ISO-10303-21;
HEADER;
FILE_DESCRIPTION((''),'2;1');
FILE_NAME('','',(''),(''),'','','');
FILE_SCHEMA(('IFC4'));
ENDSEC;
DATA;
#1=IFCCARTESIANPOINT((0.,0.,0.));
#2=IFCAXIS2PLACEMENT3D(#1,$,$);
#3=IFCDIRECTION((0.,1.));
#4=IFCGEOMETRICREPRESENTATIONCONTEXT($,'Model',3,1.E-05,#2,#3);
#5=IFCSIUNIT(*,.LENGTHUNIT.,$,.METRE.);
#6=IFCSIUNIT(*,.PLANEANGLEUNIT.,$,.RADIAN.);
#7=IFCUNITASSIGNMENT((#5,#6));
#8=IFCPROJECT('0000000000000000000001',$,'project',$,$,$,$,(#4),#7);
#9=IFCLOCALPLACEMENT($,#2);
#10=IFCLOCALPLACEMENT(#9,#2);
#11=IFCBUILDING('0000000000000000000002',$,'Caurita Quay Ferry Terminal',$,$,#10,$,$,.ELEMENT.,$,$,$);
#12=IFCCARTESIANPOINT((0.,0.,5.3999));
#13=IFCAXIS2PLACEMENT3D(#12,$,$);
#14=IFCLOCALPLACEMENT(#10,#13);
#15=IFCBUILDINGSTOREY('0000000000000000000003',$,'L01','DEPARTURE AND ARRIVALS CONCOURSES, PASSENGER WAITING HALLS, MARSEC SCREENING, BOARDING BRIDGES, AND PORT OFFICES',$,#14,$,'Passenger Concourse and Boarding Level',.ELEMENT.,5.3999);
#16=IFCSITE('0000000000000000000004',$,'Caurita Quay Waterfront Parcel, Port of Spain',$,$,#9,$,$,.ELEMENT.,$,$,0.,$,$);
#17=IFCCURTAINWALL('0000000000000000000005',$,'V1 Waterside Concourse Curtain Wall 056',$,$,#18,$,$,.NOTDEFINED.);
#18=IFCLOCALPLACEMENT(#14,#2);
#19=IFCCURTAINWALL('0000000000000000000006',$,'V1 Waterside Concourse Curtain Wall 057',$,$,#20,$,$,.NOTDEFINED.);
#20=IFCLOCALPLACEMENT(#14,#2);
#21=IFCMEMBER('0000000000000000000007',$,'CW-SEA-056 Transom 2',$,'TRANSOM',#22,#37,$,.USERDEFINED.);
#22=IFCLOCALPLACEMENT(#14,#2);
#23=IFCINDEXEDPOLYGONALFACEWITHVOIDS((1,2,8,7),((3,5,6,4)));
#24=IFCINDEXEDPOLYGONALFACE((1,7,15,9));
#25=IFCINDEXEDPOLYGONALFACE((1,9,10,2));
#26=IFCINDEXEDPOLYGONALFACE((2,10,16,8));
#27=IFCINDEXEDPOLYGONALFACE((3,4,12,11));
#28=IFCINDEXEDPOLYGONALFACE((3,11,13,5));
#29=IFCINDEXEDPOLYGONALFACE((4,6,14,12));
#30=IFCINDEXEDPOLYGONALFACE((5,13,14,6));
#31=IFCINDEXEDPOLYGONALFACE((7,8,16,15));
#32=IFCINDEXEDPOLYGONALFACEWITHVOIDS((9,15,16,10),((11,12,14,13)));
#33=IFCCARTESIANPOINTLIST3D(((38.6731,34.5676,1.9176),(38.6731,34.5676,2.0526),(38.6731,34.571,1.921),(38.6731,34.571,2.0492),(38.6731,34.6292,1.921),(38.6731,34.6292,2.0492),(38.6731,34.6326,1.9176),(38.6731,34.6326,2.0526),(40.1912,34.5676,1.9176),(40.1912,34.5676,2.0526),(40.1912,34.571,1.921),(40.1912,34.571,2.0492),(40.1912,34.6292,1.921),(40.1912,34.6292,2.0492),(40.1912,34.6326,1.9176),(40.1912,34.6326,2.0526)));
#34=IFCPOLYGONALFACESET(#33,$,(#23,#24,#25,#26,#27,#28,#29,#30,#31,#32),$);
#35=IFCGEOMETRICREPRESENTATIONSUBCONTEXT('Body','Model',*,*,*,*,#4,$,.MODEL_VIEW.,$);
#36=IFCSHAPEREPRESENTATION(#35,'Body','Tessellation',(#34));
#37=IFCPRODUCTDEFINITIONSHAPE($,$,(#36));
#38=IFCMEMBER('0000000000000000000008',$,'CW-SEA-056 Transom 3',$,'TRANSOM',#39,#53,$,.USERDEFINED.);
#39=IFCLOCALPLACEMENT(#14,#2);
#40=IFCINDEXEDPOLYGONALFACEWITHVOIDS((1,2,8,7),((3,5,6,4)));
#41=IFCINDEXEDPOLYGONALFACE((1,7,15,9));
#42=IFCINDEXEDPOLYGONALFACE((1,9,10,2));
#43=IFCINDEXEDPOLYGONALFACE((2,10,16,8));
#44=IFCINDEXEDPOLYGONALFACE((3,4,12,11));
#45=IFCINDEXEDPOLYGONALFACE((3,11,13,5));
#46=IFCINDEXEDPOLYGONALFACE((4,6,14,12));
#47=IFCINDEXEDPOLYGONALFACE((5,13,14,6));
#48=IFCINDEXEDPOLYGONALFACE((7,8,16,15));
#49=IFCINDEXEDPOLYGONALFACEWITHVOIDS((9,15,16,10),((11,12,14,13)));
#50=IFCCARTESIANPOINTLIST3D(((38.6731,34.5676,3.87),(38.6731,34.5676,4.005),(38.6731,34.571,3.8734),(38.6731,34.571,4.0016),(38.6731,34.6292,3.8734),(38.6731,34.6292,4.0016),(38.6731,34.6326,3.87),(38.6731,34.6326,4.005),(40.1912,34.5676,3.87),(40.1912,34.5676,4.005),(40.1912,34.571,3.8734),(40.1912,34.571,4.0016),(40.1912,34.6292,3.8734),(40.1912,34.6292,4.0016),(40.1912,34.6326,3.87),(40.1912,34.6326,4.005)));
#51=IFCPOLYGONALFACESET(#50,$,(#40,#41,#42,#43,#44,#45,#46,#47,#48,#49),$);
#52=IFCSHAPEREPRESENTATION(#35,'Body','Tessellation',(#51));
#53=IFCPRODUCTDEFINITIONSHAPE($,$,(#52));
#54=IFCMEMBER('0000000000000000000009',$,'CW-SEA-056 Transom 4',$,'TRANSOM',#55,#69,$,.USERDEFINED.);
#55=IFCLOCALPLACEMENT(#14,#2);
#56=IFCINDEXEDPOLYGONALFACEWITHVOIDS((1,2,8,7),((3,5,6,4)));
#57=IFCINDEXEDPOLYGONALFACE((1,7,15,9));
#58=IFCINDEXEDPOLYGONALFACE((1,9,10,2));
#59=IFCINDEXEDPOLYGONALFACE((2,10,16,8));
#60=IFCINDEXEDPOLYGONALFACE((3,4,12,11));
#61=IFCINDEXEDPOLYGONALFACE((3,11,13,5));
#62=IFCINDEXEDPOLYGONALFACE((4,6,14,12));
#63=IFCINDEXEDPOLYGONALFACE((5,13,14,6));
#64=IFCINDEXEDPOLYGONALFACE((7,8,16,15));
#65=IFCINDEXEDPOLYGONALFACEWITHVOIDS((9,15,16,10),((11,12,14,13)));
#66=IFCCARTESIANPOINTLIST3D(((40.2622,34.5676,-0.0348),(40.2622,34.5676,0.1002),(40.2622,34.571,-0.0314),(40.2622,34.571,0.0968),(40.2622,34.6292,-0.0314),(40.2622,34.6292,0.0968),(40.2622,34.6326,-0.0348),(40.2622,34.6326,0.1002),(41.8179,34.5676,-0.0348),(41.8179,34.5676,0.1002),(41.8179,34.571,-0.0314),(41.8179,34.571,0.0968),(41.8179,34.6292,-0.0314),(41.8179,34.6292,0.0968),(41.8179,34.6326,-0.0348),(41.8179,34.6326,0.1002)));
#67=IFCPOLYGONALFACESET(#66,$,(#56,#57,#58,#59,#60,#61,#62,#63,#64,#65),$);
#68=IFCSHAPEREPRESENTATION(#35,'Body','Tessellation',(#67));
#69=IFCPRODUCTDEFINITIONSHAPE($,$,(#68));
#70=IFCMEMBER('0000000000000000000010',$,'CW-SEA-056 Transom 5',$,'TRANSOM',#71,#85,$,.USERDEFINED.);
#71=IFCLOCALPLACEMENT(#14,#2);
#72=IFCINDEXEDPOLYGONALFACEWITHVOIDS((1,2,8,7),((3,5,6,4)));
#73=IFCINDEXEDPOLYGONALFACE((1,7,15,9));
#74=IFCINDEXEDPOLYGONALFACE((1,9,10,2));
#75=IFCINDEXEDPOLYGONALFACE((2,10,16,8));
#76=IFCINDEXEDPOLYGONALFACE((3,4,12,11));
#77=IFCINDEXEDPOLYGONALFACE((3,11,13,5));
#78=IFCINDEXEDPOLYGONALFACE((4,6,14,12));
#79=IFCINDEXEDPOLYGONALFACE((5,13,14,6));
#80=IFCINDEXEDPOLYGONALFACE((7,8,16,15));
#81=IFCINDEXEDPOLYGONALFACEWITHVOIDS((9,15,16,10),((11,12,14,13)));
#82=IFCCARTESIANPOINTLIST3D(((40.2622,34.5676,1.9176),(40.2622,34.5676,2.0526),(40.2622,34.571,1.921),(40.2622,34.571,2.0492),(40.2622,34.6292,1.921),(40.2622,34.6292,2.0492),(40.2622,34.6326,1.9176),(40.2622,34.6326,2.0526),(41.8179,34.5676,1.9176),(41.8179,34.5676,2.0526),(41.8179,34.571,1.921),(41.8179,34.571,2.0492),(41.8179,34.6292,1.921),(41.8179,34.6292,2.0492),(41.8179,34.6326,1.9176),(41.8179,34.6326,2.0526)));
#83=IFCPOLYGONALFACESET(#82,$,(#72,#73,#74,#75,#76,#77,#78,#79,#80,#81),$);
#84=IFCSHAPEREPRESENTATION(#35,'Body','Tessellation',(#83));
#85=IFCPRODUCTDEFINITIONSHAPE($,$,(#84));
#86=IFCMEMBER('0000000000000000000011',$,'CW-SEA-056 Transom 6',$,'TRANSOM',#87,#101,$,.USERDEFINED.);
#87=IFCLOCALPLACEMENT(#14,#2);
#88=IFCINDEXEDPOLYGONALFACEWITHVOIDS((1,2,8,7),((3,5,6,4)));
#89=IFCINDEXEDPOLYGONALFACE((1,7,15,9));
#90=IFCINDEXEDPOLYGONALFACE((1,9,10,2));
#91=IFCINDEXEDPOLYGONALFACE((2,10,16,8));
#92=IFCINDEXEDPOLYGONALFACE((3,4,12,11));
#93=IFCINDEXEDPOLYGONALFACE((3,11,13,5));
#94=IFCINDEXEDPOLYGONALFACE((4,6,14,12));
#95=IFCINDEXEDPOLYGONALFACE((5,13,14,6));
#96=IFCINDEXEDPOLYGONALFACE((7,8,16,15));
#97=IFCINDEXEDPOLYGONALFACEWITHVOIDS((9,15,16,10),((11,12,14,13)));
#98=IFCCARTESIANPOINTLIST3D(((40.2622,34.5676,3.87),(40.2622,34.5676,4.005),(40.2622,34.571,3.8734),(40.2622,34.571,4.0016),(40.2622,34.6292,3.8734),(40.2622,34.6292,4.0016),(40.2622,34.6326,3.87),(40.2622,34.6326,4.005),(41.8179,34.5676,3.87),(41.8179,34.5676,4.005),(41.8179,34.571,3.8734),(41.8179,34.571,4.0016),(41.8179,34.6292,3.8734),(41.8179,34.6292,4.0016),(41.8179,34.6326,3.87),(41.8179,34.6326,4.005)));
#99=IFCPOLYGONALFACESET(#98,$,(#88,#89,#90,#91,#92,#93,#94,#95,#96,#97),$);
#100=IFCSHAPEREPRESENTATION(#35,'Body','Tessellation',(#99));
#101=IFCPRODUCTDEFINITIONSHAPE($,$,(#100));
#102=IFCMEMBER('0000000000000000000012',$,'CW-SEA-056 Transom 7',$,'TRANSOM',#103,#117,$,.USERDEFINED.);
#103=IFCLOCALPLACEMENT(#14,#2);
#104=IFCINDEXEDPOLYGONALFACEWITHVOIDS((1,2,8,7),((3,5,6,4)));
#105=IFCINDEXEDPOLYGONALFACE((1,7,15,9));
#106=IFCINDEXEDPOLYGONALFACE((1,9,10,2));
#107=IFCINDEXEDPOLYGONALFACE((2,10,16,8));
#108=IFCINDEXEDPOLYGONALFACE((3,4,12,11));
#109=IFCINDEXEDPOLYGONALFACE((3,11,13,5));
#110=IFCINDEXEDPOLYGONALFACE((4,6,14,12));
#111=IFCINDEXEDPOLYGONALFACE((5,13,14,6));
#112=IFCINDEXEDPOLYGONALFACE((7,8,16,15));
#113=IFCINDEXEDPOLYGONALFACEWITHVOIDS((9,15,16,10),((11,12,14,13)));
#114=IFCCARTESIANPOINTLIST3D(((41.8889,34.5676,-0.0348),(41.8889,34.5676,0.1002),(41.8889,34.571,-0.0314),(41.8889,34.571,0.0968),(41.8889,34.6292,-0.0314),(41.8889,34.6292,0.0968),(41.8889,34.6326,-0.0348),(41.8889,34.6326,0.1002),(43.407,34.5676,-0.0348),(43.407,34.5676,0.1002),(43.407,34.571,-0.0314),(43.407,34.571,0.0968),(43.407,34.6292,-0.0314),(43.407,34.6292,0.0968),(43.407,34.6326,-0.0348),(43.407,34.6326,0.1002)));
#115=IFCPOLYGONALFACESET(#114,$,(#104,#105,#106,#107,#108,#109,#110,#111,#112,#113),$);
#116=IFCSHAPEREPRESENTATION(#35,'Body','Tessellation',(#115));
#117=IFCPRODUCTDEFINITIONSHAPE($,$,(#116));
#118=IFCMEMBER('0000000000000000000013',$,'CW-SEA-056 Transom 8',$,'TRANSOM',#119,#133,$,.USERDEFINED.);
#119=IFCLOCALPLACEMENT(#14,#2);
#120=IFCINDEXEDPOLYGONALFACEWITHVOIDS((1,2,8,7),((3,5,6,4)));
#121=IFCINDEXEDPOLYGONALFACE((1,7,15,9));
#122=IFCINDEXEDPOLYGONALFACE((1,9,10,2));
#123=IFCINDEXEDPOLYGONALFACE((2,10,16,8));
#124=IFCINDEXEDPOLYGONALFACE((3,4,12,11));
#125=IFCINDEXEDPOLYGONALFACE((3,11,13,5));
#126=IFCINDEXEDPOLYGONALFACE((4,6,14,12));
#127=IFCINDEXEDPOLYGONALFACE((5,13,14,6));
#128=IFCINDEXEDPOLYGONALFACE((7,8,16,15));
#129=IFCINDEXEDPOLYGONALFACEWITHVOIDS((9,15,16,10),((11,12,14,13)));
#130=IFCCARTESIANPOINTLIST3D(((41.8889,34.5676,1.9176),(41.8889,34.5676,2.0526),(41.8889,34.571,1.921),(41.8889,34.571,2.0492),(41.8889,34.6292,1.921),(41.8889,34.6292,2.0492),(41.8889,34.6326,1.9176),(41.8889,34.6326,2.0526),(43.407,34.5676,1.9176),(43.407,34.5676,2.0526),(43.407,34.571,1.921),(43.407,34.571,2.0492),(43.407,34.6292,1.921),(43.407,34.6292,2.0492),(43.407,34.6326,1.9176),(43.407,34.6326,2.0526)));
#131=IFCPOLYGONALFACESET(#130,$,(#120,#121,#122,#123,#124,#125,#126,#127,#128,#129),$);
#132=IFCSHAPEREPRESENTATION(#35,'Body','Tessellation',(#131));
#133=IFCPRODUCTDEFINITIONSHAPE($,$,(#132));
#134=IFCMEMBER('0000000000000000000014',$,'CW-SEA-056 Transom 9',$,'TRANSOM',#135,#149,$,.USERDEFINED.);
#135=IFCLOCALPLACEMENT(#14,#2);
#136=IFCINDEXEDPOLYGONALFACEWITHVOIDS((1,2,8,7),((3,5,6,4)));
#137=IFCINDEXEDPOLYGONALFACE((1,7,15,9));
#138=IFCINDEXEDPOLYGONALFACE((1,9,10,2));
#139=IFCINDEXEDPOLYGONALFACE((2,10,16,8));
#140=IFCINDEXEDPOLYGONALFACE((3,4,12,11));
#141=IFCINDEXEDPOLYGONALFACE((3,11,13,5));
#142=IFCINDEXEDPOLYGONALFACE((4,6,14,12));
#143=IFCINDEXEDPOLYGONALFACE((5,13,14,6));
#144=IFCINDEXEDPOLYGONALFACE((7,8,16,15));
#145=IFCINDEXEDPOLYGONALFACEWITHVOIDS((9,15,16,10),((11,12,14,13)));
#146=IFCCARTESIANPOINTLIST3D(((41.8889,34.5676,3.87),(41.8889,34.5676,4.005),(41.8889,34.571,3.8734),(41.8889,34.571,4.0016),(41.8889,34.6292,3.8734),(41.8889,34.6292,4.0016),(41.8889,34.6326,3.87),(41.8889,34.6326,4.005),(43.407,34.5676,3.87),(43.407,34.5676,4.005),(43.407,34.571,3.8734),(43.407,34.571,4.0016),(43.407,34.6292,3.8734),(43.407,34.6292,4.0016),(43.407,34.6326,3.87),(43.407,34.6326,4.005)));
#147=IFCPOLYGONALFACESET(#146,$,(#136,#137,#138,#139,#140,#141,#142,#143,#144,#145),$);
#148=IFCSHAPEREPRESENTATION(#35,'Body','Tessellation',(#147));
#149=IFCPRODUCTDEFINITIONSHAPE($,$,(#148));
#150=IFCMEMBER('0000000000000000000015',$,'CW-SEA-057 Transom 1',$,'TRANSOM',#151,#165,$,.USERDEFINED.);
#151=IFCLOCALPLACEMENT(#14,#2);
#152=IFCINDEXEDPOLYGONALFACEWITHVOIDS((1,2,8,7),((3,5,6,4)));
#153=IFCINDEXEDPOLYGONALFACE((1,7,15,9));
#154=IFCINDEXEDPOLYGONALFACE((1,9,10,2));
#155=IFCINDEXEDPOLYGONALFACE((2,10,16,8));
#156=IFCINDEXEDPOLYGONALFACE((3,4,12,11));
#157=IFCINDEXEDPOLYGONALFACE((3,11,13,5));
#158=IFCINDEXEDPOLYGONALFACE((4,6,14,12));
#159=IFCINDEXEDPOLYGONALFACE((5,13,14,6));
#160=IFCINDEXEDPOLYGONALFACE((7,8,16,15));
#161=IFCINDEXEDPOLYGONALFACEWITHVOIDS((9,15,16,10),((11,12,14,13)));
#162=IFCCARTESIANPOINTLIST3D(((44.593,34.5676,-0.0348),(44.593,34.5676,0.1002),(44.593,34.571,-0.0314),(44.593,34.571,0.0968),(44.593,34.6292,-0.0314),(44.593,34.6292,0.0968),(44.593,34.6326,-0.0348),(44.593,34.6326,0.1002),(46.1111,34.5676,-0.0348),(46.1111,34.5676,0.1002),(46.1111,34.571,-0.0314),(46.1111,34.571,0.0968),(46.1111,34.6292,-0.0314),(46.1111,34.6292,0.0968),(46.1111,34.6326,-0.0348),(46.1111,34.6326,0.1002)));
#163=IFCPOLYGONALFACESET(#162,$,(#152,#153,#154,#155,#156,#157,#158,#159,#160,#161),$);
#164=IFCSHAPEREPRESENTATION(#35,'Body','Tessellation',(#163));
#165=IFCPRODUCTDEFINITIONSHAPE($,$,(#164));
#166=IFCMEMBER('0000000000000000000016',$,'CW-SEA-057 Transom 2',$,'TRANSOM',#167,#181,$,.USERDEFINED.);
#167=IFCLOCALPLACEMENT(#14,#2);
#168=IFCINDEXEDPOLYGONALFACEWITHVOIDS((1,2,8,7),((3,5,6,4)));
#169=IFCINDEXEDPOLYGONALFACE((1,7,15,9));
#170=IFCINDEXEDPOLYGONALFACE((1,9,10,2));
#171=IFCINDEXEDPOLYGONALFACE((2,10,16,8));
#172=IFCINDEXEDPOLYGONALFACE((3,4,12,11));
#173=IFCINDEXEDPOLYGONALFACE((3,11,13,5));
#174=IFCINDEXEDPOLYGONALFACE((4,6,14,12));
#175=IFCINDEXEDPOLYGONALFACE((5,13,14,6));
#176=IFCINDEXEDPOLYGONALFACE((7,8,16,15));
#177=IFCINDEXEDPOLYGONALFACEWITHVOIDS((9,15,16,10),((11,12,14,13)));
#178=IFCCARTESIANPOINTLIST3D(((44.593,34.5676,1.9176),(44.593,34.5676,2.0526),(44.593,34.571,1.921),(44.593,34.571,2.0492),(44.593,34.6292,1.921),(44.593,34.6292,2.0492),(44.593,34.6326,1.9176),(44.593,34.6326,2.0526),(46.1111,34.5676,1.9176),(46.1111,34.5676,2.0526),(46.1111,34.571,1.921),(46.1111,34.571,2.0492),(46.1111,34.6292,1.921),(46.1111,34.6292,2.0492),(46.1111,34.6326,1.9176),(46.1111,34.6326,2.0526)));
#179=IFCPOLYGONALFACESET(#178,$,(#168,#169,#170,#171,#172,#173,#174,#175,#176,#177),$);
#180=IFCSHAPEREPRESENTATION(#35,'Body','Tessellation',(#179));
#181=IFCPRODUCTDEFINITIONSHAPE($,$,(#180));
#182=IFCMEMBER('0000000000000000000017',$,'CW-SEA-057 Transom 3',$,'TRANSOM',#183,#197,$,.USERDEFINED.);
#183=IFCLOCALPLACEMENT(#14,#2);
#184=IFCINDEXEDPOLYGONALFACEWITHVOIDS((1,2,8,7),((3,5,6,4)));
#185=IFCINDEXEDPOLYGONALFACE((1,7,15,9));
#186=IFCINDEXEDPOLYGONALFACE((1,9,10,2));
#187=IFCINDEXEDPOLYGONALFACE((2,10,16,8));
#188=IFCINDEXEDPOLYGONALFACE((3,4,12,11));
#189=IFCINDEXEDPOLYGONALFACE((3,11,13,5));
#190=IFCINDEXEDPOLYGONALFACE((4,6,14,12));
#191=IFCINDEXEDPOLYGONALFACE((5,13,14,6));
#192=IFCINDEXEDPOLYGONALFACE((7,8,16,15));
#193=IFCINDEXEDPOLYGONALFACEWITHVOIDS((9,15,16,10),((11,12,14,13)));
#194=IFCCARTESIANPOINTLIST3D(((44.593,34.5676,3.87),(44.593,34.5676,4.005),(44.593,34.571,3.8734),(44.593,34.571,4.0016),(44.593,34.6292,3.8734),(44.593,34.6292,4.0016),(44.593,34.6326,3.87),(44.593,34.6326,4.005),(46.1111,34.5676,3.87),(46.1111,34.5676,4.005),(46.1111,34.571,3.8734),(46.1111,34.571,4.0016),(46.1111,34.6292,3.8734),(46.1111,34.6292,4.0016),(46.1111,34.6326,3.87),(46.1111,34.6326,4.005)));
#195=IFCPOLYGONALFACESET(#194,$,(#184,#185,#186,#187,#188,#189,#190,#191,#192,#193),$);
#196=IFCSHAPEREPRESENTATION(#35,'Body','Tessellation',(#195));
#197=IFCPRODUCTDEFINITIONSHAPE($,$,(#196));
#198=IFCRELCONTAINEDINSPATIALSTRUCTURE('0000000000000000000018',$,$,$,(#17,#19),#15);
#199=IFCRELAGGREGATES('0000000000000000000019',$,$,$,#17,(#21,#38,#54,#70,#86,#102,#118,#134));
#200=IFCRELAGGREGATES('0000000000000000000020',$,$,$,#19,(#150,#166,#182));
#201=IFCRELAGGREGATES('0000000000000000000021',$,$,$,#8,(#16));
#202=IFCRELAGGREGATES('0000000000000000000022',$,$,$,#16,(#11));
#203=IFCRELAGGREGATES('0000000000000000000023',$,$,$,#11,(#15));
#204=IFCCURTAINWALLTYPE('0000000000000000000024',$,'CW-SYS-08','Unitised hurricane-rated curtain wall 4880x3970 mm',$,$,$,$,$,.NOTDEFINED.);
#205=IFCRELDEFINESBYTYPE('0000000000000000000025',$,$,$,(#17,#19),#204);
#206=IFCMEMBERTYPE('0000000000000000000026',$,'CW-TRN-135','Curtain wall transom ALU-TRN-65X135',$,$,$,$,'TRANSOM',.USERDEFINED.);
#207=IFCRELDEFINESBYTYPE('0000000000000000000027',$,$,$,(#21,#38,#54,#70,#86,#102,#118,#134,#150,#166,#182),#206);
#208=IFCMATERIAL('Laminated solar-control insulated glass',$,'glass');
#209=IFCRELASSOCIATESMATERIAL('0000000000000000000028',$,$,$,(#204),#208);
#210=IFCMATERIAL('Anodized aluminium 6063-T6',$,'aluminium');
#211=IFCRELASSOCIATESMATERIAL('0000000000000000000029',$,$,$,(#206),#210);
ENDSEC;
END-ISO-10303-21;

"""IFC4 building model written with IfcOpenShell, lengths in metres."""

from ifc_helpers import new_model, si_unit, direction, frame, origin, origin_2d, place, context, subcontext, project, spatial, hollow_rectangle, extrude, material, material_profile, profile_set, type_object, element, aggregate, save


model = new_model("IFC4")

# Units and contexts
model_context = context("Model", 3, precision=1e-05, world=origin(), true_north=direction((0.0, 1.0)))
body_context = subcontext(model_context, "Body", "Model", "MODEL_VIEW")
ifc_project = project(units=[si_unit("LENGTHUNIT", "METRE"), si_unit("PLANEANGLEUNIT", "RADIAN")], contexts=[model_context])

# Site, building, storey
site_placement = place(None, origin())
site = spatial("IfcSite", under=ifc_project, at=site_placement, Name="Caurita Quay Waterfront Parcel, Port of Spain", CompositionType="ELEMENT", RefElevation=0.0)
building_placement = place(site_placement, origin())
building = spatial("IfcBuilding", under=site, at=building_placement, Name="Caurita Quay Ferry Terminal", CompositionType="ELEMENT")
storey_placement = place(building_placement, frame((0.0, 0.0, 5.3999)))
storey = spatial("IfcBuildingStorey", under=building, at=storey_placement, Name="L01", Description="DEPARTURE AND ARRIVALS CONCOURSES, PASSENGER WAITING HALLS, MARSEC SCREENING, BOARDING BRIDGES, AND PORT OFFICES", LongName="Passenger Concourse and Boarding Level", CompositionType="ELEMENT", Elevation=5.3999)

# Curtain wall
ifc_material_1 = material(Name="Laminated solar-control insulated glass", Category="glass")
curtain_wall_type = type_object("IfcCurtainWallType", Name="CW-SYS-08", Description="Unitised hurricane-rated curtain wall 4880x3970 mm", PredefinedType="NOTDEFINED", material=ifc_material_1)
curtain_wall_1_placement = place(storey_placement, origin())
curtain_wall_1 = element("IfcCurtainWall", 1, at=curtain_wall_1_placement, inside=storey, type_object=curtain_wall_type, Name="V1 Waterside Concourse Curtain Wall 056", PredefinedType="NOTDEFINED")
ifc_material_2 = material(Name="Anodized aluminium 6063-T6", Category="aluminium")

# Curtain wall
curtain_wall_2_placement = place(storey_placement, origin())
curtain_wall_2 = element("IfcCurtainWall", 2, at=curtain_wall_2_placement, inside=storey, type_object=curtain_wall_type, Name="V1 Waterside Concourse Curtain Wall 057", PredefinedType="NOTDEFINED")

# Members
ifc_material_profile_1 = material_profile(ifc_material_2, hollow_rectangle(XDim=0.0649, YDim=0.135, WallThickness=0.0034, at=origin_2d()), Name="ALU-TRN-65X135")
ifc_profile_set_1 = profile_set([ifc_material_profile_1], Name="Anodized aluminium 6063-T6")
member_type_1 = type_object("IfcMemberType", Name="CW-TRN-135", Description="Curtain wall transom ALU-TRN-65X135", ElementType="TRANSOM", PredefinedType="USERDEFINED", material=ifc_profile_set_1)
member_1_placement = place(storey_placement, frame((38.6731, 34.6001, 1.9851), z_axis=(1.0, 0.0, 0.0), x_axis=(0.0, 1.0, 0.0)))
member_1 = element("IfcMember", 3, at=member_1_placement, type_object=member_type_1, Name="CW-SEA-056 Transom 2", ObjectType="TRANSOM", PredefinedType="USERDEFINED", context=body_context, shape_type="SweptSolid", body=[
    extrude(hollow_rectangle(XDim=0.0649, YDim=0.135, WallThickness=0.0034, at=origin_2d()), origin(), (0.0, 0.0, 1.0), 1.5181),
])
member_2_placement = place(storey_placement, frame((38.6731, 34.6001, 3.9375), z_axis=(1.0, 0.0, 0.0), x_axis=(0.0, 1.0, 0.0)))
member_2 = element("IfcMember", 4, at=member_2_placement, type_object=member_type_1, Name="CW-SEA-056 Transom 3", ObjectType="TRANSOM", PredefinedType="USERDEFINED", context=body_context, shape_type="SweptSolid", body=[
    extrude(hollow_rectangle(XDim=0.0649, YDim=0.135, WallThickness=0.0034, at=origin_2d()), origin(), (0.0, 0.0, 1.0), 1.5181),
])
member_3_placement = place(storey_placement, frame((40.2622, 34.6001, 0.0327), z_axis=(1.0, 0.0, 0.0), x_axis=(0.0, 1.0, 0.0)))
member_3 = element("IfcMember", 5, at=member_3_placement, type_object=member_type_1, Name="CW-SEA-056 Transom 4", ObjectType="TRANSOM", PredefinedType="USERDEFINED", context=body_context, shape_type="SweptSolid", body=[
    extrude(hollow_rectangle(XDim=0.0649, YDim=0.135, WallThickness=0.0034, at=origin_2d()), origin(), (0.0, 0.0, 1.0), 1.5557),
])
member_4_placement = place(storey_placement, frame((40.2622, 34.6001, 1.9851), z_axis=(1.0, 0.0, 0.0), x_axis=(0.0, 1.0, 0.0)))
member_4 = element("IfcMember", 6, at=member_4_placement, type_object=member_type_1, Name="CW-SEA-056 Transom 5", ObjectType="TRANSOM", PredefinedType="USERDEFINED", context=body_context, shape_type="SweptSolid", body=[
    extrude(hollow_rectangle(XDim=0.0649, YDim=0.135, WallThickness=0.0034, at=origin_2d()), origin(), (0.0, 0.0, 1.0), 1.5557),
])
member_5_placement = place(storey_placement, frame((40.2622, 34.6001, 3.9375), z_axis=(1.0, 0.0, 0.0), x_axis=(0.0, 1.0, 0.0)))
member_5 = element("IfcMember", 7, at=member_5_placement, type_object=member_type_1, Name="CW-SEA-056 Transom 6", ObjectType="TRANSOM", PredefinedType="USERDEFINED", context=body_context, shape_type="SweptSolid", body=[
    extrude(hollow_rectangle(XDim=0.0649, YDim=0.135, WallThickness=0.0034, at=origin_2d()), origin(), (0.0, 0.0, 1.0), 1.5557),
])
member_6_placement = place(storey_placement, frame((41.8889, 34.6001, 0.0327), z_axis=(1.0, 0.0, 0.0), x_axis=(0.0, 1.0, 0.0)))
member_6 = element("IfcMember", 8, at=member_6_placement, type_object=member_type_1, Name="CW-SEA-056 Transom 7", ObjectType="TRANSOM", PredefinedType="USERDEFINED", context=body_context, shape_type="SweptSolid", body=[
    extrude(hollow_rectangle(XDim=0.0649, YDim=0.135, WallThickness=0.0034, at=origin_2d()), origin(), (0.0, 0.0, 1.0), 1.5181),
])
member_7_placement = place(storey_placement, frame((41.8889, 34.6001, 1.9851), z_axis=(1.0, 0.0, 0.0), x_axis=(0.0, 1.0, 0.0)))
member_7 = element("IfcMember", 9, at=member_7_placement, type_object=member_type_1, Name="CW-SEA-056 Transom 8", ObjectType="TRANSOM", PredefinedType="USERDEFINED", context=body_context, shape_type="SweptSolid", body=[
    extrude(hollow_rectangle(XDim=0.0649, YDim=0.135, WallThickness=0.0034, at=origin_2d()), origin(), (0.0, 0.0, 1.0), 1.5181),
])
member_8_placement = place(storey_placement, frame((41.8889, 34.6001, 3.9375), z_axis=(1.0, 0.0, 0.0), x_axis=(0.0, 1.0, 0.0)))
member_8 = element("IfcMember", 10, at=member_8_placement, type_object=member_type_1, Name="CW-SEA-056 Transom 9", ObjectType="TRANSOM", PredefinedType="USERDEFINED", context=body_context, shape_type="SweptSolid", body=[
    extrude(hollow_rectangle(XDim=0.0649, YDim=0.135, WallThickness=0.0034, at=origin_2d()), origin(), (0.0, 0.0, 1.0), 1.5181),
])
member_9_placement = place(storey_placement, frame((44.593, 34.6001, 0.0327), z_axis=(1.0, 0.0, 0.0), x_axis=(0.0, 1.0, 0.0)))
member_9 = element("IfcMember", 11, at=member_9_placement, type_object=member_type_1, Name="CW-SEA-057 Transom 1", ObjectType="TRANSOM", PredefinedType="USERDEFINED", context=body_context, shape_type="SweptSolid", body=[
    extrude(hollow_rectangle(XDim=0.0649, YDim=0.135, WallThickness=0.0034, at=origin_2d()), origin(), (0.0, 0.0, 1.0), 1.5181),
])
member_10_placement = place(storey_placement, frame((44.593, 34.6001, 1.9851), z_axis=(1.0, 0.0, 0.0), x_axis=(0.0, 1.0, 0.0)))
member_10 = element("IfcMember", 12, at=member_10_placement, type_object=member_type_1, Name="CW-SEA-057 Transom 2", ObjectType="TRANSOM", PredefinedType="USERDEFINED", context=body_context, shape_type="SweptSolid", body=[
    extrude(hollow_rectangle(XDim=0.0649, YDim=0.135, WallThickness=0.0034, at=origin_2d()), origin(), (0.0, 0.0, 1.0), 1.5181),
])
member_11_placement = place(storey_placement, frame((44.593, 34.6001, 3.9375), z_axis=(1.0, 0.0, 0.0), x_axis=(0.0, 1.0, 0.0)))
member_11 = element("IfcMember", 13, at=member_11_placement, type_object=member_type_1, Name="CW-SEA-057 Transom 3", ObjectType="TRANSOM", PredefinedType="USERDEFINED", context=body_context, shape_type="SweptSolid", body=[
    extrude(hollow_rectangle(XDim=0.0649, YDim=0.135, WallThickness=0.0034, at=origin_2d()), origin(), (0.0, 0.0, 1.0), 1.5181),
])

aggregate(curtain_wall_1, [member_1, member_2, member_3, member_4, member_5, member_6, member_7, member_8])
aggregate(curtain_wall_2, [member_9, member_10, member_11])

save(model, "model.ifc")
